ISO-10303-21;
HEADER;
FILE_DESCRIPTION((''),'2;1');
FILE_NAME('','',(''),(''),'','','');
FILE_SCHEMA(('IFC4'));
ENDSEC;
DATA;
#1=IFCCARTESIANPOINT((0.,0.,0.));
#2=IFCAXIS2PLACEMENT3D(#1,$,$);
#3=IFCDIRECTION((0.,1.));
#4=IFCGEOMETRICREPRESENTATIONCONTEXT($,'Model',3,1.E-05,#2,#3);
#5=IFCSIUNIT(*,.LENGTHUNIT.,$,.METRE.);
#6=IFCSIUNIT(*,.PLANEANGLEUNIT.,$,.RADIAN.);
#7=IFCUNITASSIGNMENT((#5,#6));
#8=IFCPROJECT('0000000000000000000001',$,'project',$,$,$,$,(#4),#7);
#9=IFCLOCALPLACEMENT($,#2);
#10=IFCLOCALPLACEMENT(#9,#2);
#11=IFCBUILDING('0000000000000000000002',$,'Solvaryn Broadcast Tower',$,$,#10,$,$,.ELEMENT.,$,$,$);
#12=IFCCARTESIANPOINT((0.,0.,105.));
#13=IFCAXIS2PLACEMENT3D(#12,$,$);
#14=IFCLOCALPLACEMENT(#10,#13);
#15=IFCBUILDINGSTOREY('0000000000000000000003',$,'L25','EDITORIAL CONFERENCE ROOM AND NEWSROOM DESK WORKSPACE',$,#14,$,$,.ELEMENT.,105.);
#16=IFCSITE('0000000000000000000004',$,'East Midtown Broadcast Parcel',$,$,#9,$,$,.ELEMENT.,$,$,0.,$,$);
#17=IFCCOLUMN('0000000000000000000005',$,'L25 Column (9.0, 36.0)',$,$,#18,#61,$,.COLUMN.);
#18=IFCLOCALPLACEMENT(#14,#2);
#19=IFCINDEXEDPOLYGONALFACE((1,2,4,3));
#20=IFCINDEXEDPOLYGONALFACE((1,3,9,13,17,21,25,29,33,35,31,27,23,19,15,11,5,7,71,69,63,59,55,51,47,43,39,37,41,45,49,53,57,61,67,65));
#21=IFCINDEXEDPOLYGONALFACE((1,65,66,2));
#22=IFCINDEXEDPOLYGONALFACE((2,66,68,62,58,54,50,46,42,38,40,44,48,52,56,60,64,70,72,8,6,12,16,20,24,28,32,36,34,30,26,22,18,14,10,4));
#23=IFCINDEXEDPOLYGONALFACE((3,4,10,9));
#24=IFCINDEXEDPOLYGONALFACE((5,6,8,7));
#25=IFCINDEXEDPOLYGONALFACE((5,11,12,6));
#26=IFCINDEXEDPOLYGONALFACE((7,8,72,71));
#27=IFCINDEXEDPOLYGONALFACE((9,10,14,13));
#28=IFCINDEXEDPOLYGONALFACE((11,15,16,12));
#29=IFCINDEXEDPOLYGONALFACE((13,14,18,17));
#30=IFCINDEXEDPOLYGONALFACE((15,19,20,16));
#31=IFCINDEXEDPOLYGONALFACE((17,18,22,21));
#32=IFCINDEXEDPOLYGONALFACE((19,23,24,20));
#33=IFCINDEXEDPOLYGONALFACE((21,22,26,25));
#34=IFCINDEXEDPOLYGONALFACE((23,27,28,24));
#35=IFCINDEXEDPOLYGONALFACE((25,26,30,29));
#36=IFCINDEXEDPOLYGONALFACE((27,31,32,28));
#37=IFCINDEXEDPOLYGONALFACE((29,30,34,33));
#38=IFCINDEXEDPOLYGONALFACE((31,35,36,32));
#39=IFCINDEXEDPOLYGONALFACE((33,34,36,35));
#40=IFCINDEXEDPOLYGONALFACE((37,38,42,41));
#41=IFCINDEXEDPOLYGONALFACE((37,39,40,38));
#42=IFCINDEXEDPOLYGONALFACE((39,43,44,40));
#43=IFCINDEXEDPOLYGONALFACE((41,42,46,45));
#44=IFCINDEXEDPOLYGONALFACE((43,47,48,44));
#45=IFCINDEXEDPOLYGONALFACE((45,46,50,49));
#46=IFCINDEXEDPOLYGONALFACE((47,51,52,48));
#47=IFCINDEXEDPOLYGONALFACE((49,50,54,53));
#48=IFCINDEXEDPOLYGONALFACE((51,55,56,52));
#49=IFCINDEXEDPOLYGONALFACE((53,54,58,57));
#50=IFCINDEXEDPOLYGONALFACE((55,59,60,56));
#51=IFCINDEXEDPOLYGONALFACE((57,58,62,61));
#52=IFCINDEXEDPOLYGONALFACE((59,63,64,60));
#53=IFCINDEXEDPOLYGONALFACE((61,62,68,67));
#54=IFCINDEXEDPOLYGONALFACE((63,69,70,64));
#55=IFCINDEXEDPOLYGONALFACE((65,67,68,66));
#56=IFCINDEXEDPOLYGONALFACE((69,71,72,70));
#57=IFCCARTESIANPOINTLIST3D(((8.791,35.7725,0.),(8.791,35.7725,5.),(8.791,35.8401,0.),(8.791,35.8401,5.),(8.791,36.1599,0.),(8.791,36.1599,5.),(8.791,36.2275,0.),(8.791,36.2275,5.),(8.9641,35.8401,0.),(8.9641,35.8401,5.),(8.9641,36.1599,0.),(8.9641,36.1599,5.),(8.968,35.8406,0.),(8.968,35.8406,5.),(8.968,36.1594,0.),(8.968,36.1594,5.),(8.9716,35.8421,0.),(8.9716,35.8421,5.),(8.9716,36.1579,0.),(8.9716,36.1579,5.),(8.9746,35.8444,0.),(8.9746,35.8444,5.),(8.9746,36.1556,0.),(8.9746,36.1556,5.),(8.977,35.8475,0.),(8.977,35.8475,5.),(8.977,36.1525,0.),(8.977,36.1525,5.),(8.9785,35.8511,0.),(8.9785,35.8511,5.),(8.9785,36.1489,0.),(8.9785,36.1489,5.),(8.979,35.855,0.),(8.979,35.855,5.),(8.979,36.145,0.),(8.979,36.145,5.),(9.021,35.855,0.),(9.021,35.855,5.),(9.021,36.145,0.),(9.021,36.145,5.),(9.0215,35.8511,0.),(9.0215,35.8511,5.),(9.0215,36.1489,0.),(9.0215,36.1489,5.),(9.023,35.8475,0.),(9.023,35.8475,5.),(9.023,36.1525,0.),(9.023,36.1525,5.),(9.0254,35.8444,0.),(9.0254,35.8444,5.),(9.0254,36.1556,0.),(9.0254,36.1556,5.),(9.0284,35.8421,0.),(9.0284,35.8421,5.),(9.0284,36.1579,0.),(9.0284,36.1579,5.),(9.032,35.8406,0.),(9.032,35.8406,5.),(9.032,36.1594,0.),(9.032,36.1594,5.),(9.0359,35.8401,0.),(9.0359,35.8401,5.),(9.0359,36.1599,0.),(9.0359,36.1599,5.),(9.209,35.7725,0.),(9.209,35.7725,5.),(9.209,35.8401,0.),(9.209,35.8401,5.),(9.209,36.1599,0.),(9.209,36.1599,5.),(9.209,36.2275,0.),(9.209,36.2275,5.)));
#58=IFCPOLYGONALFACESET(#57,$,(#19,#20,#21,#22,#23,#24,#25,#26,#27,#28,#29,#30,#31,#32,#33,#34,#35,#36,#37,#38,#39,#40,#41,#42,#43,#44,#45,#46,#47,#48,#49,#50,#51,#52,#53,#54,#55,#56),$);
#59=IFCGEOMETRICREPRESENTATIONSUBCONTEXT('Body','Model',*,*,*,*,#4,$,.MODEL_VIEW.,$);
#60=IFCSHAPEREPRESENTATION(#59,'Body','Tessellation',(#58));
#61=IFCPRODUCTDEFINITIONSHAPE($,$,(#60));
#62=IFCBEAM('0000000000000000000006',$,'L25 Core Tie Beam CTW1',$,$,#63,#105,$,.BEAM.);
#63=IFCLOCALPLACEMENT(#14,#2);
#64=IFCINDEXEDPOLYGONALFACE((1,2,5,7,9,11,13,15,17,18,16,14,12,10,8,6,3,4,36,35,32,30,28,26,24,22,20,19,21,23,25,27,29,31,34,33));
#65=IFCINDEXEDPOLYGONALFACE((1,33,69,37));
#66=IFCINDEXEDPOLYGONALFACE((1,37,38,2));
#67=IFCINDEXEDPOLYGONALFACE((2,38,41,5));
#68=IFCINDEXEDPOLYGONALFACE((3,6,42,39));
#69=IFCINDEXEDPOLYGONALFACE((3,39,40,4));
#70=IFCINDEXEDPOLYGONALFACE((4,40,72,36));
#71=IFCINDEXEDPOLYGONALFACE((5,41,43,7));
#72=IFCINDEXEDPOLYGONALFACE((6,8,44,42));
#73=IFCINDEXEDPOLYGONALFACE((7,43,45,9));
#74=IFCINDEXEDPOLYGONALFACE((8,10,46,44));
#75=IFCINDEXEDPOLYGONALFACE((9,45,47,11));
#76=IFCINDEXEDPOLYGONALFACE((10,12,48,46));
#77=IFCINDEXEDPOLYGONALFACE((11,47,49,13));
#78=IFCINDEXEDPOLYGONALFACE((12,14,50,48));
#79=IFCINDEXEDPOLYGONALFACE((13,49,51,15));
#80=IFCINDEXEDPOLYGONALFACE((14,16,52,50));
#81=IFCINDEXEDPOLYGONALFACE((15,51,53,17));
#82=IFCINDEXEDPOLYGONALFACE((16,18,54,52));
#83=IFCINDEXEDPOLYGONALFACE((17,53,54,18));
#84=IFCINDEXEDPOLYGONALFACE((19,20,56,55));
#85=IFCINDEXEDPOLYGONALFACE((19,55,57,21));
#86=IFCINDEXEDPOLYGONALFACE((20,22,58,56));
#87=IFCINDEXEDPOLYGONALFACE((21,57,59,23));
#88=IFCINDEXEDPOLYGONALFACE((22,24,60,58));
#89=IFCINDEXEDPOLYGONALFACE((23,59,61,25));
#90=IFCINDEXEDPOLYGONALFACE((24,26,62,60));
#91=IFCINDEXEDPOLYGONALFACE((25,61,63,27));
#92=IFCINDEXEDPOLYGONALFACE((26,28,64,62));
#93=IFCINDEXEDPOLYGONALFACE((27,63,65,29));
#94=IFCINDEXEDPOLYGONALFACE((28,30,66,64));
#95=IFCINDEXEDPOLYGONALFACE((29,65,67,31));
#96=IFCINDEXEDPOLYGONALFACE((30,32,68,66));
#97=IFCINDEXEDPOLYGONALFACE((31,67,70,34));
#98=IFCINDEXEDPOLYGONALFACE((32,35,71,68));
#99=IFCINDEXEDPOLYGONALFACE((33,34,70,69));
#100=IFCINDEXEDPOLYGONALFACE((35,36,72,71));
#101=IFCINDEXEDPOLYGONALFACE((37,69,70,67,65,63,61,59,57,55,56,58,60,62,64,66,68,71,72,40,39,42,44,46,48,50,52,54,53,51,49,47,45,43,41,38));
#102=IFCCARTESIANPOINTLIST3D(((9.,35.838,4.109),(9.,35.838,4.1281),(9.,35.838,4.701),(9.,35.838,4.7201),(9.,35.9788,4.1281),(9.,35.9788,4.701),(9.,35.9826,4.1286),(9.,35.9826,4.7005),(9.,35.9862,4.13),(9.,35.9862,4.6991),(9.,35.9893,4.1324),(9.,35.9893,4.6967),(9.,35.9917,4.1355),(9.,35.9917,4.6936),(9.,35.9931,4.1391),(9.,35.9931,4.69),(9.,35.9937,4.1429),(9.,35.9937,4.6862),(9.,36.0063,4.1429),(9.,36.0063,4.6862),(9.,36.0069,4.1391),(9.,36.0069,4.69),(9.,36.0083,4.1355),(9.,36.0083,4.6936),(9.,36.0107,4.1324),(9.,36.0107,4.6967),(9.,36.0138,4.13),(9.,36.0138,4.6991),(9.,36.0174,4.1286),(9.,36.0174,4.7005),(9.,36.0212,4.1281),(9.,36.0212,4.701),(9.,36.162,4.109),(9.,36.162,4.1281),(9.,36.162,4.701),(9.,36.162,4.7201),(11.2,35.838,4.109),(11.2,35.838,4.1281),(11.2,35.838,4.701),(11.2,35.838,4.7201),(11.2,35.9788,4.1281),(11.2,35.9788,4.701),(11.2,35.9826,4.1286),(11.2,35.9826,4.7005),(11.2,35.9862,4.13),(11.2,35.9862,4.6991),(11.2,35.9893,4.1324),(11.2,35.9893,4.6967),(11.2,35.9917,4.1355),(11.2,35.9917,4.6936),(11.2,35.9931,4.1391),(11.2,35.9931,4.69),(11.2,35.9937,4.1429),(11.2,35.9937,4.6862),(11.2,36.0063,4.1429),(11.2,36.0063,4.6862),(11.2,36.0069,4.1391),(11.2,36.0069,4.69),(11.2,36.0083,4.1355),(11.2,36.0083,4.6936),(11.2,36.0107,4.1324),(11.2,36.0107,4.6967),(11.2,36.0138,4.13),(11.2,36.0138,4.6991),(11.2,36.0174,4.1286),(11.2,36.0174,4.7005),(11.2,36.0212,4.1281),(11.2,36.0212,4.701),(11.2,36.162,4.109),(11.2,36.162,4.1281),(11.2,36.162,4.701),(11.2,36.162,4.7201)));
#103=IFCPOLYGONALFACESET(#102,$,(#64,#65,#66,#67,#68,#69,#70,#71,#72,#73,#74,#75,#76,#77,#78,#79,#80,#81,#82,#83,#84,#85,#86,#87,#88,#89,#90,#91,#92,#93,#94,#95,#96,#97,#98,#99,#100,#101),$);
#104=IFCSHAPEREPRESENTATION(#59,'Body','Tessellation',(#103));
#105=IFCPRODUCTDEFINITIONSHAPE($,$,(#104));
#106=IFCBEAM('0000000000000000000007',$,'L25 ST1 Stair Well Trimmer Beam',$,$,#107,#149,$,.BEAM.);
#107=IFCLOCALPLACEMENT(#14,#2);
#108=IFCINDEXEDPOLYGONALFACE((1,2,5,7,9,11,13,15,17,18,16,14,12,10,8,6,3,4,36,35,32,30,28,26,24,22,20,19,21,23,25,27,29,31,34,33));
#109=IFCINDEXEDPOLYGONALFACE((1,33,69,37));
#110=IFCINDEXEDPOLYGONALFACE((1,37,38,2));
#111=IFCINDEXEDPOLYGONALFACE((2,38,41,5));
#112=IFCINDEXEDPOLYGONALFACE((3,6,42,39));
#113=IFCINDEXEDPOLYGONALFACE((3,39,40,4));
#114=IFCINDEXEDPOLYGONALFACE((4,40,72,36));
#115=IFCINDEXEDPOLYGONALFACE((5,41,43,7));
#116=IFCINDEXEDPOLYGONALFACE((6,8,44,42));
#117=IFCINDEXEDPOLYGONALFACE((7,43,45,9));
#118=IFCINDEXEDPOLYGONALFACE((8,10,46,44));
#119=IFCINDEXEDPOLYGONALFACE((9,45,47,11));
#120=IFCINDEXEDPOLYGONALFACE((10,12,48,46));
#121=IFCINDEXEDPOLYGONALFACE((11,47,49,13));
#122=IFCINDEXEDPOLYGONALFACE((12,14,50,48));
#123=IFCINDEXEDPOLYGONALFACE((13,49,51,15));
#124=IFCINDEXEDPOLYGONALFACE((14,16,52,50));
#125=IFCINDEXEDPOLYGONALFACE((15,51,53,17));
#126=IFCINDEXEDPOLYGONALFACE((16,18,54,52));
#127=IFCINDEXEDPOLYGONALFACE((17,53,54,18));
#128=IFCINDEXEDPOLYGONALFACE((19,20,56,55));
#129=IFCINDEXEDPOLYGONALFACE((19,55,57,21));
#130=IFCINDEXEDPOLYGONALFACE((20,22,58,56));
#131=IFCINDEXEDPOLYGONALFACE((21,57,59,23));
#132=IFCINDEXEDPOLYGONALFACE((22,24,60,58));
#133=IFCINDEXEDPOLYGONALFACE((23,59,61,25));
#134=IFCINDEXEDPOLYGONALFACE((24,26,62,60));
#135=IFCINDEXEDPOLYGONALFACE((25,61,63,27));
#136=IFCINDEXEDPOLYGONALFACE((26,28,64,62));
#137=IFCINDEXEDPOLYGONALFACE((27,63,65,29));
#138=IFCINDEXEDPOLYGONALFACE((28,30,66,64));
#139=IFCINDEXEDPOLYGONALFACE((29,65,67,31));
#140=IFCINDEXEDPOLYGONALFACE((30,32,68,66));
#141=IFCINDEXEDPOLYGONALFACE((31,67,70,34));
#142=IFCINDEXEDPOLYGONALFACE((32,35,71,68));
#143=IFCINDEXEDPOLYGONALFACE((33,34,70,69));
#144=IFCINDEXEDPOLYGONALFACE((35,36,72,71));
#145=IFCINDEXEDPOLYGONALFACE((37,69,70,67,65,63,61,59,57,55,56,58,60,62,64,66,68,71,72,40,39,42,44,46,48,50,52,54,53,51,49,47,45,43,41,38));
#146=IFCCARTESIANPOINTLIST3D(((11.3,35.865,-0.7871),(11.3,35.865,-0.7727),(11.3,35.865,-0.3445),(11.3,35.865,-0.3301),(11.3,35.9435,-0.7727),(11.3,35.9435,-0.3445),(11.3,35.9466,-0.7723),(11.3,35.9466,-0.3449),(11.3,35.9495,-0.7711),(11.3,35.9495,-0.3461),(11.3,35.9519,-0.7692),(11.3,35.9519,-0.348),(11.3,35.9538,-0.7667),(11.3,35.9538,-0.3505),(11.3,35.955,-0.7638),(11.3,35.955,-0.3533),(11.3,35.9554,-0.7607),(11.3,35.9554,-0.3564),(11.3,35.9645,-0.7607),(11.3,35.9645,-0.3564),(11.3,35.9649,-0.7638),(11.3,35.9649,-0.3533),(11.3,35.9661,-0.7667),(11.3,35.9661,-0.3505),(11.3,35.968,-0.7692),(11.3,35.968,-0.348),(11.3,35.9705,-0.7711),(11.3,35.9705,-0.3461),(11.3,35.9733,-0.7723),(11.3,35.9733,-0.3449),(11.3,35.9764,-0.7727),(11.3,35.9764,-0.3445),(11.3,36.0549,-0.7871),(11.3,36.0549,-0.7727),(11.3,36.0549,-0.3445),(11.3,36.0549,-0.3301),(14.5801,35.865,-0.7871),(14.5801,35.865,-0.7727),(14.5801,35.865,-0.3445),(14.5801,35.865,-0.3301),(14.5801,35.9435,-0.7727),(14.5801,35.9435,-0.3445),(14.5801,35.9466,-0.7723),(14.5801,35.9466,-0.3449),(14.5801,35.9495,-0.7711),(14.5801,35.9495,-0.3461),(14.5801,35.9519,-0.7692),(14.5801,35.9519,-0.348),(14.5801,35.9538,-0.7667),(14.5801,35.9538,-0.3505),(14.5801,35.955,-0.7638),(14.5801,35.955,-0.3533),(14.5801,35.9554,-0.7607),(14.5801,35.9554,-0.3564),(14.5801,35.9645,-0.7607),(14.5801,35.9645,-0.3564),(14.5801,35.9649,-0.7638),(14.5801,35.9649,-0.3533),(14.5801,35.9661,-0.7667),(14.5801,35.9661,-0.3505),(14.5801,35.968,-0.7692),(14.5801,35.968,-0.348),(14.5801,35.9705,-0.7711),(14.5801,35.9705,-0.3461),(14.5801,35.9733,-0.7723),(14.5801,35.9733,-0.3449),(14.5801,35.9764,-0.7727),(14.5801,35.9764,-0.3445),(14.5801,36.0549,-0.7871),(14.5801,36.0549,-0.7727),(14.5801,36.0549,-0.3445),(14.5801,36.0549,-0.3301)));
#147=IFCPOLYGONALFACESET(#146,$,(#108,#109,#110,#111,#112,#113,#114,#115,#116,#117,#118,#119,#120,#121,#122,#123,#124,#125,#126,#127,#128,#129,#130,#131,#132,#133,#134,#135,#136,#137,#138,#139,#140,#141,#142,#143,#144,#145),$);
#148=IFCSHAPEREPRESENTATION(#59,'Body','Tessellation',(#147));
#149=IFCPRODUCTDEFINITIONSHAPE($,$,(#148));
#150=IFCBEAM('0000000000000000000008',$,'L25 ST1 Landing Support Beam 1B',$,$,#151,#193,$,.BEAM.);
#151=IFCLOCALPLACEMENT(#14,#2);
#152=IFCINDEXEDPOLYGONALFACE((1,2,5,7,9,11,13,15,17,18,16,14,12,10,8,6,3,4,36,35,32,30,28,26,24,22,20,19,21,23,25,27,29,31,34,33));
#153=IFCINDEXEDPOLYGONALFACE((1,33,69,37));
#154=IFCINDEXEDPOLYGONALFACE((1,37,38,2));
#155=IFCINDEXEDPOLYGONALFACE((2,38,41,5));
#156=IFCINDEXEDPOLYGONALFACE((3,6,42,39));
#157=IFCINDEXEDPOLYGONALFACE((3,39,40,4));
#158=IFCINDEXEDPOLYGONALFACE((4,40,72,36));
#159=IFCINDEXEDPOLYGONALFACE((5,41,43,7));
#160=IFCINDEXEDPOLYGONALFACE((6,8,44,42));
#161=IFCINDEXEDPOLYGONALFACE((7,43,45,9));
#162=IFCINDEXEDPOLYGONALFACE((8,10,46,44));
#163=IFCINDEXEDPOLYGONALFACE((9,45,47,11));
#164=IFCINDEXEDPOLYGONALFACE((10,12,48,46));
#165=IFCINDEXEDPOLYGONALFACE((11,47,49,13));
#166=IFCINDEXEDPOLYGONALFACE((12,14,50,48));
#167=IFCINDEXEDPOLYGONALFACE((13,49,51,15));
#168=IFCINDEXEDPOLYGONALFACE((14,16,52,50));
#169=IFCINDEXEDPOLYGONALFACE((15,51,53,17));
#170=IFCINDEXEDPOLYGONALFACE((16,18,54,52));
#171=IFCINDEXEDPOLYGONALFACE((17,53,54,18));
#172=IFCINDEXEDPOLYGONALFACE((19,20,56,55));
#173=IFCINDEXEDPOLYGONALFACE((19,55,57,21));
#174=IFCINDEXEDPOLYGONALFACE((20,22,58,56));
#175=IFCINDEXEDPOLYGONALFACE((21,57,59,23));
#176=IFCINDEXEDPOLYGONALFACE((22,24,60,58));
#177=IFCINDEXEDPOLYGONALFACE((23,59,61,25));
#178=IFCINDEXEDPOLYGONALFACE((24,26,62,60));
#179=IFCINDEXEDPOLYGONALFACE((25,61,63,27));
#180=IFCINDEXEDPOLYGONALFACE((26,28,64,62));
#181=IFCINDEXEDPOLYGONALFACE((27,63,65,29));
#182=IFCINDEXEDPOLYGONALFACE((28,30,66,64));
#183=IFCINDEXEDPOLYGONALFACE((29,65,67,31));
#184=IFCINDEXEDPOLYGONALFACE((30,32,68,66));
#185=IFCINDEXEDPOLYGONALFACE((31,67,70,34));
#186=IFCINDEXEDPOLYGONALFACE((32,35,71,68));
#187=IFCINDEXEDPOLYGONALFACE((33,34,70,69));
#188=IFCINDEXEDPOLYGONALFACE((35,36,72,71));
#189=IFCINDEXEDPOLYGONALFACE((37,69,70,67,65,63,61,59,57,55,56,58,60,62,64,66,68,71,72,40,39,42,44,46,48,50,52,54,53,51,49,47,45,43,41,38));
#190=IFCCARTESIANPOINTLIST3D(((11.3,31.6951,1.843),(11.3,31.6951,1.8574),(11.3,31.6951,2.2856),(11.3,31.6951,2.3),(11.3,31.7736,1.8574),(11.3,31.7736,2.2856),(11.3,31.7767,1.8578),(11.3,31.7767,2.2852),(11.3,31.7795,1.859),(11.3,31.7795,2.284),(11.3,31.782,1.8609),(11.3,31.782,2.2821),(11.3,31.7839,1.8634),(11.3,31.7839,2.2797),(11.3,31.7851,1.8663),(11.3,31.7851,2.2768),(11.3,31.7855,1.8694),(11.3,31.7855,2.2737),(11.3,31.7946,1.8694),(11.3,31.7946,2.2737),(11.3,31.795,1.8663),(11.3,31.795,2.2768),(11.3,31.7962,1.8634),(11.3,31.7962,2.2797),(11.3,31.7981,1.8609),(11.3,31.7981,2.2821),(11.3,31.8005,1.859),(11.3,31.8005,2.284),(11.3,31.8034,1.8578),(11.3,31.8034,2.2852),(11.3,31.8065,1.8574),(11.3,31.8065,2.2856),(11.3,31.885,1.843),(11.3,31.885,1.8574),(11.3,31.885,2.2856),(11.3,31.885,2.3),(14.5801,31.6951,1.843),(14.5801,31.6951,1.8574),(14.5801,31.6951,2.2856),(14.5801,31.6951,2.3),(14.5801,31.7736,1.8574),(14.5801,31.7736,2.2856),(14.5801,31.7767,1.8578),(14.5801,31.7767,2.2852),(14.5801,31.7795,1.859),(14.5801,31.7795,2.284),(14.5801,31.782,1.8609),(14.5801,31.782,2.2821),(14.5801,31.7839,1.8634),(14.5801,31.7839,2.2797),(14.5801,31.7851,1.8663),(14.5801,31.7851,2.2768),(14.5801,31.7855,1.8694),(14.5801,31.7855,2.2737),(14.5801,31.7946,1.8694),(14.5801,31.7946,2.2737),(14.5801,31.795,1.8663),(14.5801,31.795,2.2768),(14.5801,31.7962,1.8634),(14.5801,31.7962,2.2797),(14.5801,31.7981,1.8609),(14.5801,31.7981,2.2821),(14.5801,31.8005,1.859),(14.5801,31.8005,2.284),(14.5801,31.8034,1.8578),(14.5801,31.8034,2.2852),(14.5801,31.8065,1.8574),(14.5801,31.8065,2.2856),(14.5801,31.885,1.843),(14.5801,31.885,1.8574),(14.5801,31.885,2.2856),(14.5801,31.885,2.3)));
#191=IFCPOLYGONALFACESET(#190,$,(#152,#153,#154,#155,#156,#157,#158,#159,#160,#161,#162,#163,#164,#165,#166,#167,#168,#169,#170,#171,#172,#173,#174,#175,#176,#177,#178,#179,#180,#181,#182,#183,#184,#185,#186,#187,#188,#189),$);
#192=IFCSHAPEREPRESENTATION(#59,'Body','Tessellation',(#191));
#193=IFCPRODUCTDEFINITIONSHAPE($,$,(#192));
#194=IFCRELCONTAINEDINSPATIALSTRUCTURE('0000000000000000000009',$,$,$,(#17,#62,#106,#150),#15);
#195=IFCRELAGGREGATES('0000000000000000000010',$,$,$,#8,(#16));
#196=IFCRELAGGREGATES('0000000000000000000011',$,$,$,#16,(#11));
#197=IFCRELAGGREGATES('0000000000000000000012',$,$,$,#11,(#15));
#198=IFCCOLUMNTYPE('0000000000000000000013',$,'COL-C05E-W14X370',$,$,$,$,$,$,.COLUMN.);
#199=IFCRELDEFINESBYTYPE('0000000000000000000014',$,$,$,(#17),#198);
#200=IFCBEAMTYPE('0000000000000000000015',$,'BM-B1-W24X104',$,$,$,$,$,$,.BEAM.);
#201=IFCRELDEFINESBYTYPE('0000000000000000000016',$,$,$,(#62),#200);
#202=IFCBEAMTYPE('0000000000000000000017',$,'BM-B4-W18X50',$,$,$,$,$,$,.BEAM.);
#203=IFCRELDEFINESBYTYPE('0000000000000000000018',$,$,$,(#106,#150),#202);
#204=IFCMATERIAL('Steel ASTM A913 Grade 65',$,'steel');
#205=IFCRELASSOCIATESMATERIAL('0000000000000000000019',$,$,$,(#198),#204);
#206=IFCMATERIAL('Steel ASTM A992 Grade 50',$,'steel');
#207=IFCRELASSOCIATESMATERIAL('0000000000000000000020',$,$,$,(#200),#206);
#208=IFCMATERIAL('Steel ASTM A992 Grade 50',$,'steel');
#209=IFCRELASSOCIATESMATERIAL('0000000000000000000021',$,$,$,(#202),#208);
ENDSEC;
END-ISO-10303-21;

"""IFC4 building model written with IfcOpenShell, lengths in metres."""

from ifc_helpers import new_model, si_unit, direction, frame, origin, origin_2d, place, context, subcontext, project, spatial, i_section, extrude, material, material_profile, profile_set, type_object, element, save


model = new_model("IFC4")

# Units and contexts
model_context = context("Model", 3, precision=1e-05, world=origin(), true_north=direction((0.0, 1.0)))
body_context = subcontext(model_context, "Body", "Model", "MODEL_VIEW")
ifc_project = project(units=[si_unit("LENGTHUNIT", "METRE"), si_unit("PLANEANGLEUNIT", "RADIAN")], contexts=[model_context])

# Site, building, storey
site_placement = place(None, origin())
site = spatial("IfcSite", under=ifc_project, at=site_placement, Name="East Midtown Broadcast Parcel", CompositionType="ELEMENT", RefElevation=0.0)
building_placement = place(site_placement, origin())
building = spatial("IfcBuilding", under=site, at=building_placement, Name="Solvaryn Broadcast Tower", CompositionType="ELEMENT")
storey_placement = place(building_placement, frame((0.0, 0.0, 105.0)))
storey = spatial("IfcBuildingStorey", under=building, at=storey_placement, Name="L25", Description="EDITORIAL CONFERENCE ROOM AND NEWSROOM DESK WORKSPACE", CompositionType="ELEMENT", Elevation=105.0)

# Column
ifc_material_1 = material(Name="Steel ASTM A913 Grade 65", Category="steel")
ifc_material_profile_1 = material_profile(ifc_material_1, i_section(OverallWidth=0.418, OverallDepth=0.4551, WebThickness=0.042, FlangeThickness=0.0676, FilletRadius=0.0149, at=origin_2d()))
ifc_profile_set_1 = profile_set([ifc_material_profile_1], Name="Steel ASTM A913 Grade 65")
column_type = type_object("IfcColumnType", Name="COL-C05E-W14X370", PredefinedType="COLUMN", material=ifc_profile_set_1)
column_placement = place(storey_placement, frame((9.0, 36.0, 0.0), z_axis=(0.0, 0.0, 1.0), x_axis=(1.0, 0.0, 0.0)))
element("IfcColumn", 1, at=column_placement, inside=storey, type_object=column_type, Name="L25 Column (9.0, 36.0)", PredefinedType="COLUMN", context=body_context, shape_type="SweptSolid", body=[
    extrude(i_section(OverallWidth=0.418, OverallDepth=0.4551, WebThickness=0.042, FlangeThickness=0.0676, FilletRadius=0.0149, at=origin_2d()), origin(), (0.0, 0.0, 1.0), 5.0),
])

# Beams
ifc_material_2 = material(Name="Steel ASTM A992 Grade 50", Category="steel")
ifc_material_profile_2 = material_profile(ifc_material_2, i_section(OverallWidth=0.324, OverallDepth=0.6111, WebThickness=0.0127, FlangeThickness=0.019, FilletRadius=0.0149, at=origin_2d()))
ifc_profile_set_2 = profile_set([ifc_material_profile_2], Name="Steel ASTM A992 Grade 50")
beam_type_1 = type_object("IfcBeamType", Name="BM-B1-W24X104", PredefinedType="BEAM", material=ifc_profile_set_2)
beam_1_placement = place(storey_placement, frame((9.0, 36.0, 4.4146), z_axis=(1.0, 0.0, 0.0), x_axis=(0.0, 1.0, 0.0)))
element("IfcBeam", 2, at=beam_1_placement, inside=storey, type_object=beam_type_1, Name="L25 Core Tie Beam CTW1", PredefinedType="BEAM", context=body_context, shape_type="SweptSolid", body=[
    extrude(i_section(OverallWidth=0.324, OverallDepth=0.6111, WebThickness=0.0127, FlangeThickness=0.019, FilletRadius=0.0149, at=origin_2d()), origin(), (0.0, 0.0, 1.0), 2.2),
])
ifc_material_3 = material(Name="Steel ASTM A992 Grade 50", Category="steel")
ifc_material_profile_3 = material_profile(ifc_material_3, i_section(OverallWidth=0.1899, OverallDepth=0.457, WebThickness=0.009, FlangeThickness=0.0144, FilletRadius=0.012, at=origin_2d()))
ifc_profile_set_3 = profile_set([ifc_material_profile_3], Name="Steel ASTM A992 Grade 50")
beam_type_2 = type_object("IfcBeamType", Name="BM-B4-W18X50", PredefinedType="BEAM", material=ifc_profile_set_3)
for number, where, z_axis, x_axis, name in (
    (3, (11.3, 35.96, -0.5586), (1.0, 0.0, 0.0), (0.0, 1.0, 0.0), "L25 ST1 Stair Well Trimmer Beam"),
    (4, (11.3, 31.79, 2.0715), (1.0, 0.0, 0.0), (0.0, 1.0, 0.0), "L25 ST1 Landing Support Beam 1B"),
):
    element("IfcBeam", number, at=place(storey_placement, frame(where, z_axis=z_axis, x_axis=x_axis)), inside=storey, type_object=beam_type_2, Name=name, PredefinedType="BEAM", context=body_context, shape_type="SweptSolid", body=[
        extrude(i_section(OverallWidth=0.1899, OverallDepth=0.457, WebThickness=0.009, FlangeThickness=0.0144, FilletRadius=0.012, at=origin_2d()), origin(), (0.0, 0.0, 1.0), 3.28),
    ])

save(model, "model.ifc")
